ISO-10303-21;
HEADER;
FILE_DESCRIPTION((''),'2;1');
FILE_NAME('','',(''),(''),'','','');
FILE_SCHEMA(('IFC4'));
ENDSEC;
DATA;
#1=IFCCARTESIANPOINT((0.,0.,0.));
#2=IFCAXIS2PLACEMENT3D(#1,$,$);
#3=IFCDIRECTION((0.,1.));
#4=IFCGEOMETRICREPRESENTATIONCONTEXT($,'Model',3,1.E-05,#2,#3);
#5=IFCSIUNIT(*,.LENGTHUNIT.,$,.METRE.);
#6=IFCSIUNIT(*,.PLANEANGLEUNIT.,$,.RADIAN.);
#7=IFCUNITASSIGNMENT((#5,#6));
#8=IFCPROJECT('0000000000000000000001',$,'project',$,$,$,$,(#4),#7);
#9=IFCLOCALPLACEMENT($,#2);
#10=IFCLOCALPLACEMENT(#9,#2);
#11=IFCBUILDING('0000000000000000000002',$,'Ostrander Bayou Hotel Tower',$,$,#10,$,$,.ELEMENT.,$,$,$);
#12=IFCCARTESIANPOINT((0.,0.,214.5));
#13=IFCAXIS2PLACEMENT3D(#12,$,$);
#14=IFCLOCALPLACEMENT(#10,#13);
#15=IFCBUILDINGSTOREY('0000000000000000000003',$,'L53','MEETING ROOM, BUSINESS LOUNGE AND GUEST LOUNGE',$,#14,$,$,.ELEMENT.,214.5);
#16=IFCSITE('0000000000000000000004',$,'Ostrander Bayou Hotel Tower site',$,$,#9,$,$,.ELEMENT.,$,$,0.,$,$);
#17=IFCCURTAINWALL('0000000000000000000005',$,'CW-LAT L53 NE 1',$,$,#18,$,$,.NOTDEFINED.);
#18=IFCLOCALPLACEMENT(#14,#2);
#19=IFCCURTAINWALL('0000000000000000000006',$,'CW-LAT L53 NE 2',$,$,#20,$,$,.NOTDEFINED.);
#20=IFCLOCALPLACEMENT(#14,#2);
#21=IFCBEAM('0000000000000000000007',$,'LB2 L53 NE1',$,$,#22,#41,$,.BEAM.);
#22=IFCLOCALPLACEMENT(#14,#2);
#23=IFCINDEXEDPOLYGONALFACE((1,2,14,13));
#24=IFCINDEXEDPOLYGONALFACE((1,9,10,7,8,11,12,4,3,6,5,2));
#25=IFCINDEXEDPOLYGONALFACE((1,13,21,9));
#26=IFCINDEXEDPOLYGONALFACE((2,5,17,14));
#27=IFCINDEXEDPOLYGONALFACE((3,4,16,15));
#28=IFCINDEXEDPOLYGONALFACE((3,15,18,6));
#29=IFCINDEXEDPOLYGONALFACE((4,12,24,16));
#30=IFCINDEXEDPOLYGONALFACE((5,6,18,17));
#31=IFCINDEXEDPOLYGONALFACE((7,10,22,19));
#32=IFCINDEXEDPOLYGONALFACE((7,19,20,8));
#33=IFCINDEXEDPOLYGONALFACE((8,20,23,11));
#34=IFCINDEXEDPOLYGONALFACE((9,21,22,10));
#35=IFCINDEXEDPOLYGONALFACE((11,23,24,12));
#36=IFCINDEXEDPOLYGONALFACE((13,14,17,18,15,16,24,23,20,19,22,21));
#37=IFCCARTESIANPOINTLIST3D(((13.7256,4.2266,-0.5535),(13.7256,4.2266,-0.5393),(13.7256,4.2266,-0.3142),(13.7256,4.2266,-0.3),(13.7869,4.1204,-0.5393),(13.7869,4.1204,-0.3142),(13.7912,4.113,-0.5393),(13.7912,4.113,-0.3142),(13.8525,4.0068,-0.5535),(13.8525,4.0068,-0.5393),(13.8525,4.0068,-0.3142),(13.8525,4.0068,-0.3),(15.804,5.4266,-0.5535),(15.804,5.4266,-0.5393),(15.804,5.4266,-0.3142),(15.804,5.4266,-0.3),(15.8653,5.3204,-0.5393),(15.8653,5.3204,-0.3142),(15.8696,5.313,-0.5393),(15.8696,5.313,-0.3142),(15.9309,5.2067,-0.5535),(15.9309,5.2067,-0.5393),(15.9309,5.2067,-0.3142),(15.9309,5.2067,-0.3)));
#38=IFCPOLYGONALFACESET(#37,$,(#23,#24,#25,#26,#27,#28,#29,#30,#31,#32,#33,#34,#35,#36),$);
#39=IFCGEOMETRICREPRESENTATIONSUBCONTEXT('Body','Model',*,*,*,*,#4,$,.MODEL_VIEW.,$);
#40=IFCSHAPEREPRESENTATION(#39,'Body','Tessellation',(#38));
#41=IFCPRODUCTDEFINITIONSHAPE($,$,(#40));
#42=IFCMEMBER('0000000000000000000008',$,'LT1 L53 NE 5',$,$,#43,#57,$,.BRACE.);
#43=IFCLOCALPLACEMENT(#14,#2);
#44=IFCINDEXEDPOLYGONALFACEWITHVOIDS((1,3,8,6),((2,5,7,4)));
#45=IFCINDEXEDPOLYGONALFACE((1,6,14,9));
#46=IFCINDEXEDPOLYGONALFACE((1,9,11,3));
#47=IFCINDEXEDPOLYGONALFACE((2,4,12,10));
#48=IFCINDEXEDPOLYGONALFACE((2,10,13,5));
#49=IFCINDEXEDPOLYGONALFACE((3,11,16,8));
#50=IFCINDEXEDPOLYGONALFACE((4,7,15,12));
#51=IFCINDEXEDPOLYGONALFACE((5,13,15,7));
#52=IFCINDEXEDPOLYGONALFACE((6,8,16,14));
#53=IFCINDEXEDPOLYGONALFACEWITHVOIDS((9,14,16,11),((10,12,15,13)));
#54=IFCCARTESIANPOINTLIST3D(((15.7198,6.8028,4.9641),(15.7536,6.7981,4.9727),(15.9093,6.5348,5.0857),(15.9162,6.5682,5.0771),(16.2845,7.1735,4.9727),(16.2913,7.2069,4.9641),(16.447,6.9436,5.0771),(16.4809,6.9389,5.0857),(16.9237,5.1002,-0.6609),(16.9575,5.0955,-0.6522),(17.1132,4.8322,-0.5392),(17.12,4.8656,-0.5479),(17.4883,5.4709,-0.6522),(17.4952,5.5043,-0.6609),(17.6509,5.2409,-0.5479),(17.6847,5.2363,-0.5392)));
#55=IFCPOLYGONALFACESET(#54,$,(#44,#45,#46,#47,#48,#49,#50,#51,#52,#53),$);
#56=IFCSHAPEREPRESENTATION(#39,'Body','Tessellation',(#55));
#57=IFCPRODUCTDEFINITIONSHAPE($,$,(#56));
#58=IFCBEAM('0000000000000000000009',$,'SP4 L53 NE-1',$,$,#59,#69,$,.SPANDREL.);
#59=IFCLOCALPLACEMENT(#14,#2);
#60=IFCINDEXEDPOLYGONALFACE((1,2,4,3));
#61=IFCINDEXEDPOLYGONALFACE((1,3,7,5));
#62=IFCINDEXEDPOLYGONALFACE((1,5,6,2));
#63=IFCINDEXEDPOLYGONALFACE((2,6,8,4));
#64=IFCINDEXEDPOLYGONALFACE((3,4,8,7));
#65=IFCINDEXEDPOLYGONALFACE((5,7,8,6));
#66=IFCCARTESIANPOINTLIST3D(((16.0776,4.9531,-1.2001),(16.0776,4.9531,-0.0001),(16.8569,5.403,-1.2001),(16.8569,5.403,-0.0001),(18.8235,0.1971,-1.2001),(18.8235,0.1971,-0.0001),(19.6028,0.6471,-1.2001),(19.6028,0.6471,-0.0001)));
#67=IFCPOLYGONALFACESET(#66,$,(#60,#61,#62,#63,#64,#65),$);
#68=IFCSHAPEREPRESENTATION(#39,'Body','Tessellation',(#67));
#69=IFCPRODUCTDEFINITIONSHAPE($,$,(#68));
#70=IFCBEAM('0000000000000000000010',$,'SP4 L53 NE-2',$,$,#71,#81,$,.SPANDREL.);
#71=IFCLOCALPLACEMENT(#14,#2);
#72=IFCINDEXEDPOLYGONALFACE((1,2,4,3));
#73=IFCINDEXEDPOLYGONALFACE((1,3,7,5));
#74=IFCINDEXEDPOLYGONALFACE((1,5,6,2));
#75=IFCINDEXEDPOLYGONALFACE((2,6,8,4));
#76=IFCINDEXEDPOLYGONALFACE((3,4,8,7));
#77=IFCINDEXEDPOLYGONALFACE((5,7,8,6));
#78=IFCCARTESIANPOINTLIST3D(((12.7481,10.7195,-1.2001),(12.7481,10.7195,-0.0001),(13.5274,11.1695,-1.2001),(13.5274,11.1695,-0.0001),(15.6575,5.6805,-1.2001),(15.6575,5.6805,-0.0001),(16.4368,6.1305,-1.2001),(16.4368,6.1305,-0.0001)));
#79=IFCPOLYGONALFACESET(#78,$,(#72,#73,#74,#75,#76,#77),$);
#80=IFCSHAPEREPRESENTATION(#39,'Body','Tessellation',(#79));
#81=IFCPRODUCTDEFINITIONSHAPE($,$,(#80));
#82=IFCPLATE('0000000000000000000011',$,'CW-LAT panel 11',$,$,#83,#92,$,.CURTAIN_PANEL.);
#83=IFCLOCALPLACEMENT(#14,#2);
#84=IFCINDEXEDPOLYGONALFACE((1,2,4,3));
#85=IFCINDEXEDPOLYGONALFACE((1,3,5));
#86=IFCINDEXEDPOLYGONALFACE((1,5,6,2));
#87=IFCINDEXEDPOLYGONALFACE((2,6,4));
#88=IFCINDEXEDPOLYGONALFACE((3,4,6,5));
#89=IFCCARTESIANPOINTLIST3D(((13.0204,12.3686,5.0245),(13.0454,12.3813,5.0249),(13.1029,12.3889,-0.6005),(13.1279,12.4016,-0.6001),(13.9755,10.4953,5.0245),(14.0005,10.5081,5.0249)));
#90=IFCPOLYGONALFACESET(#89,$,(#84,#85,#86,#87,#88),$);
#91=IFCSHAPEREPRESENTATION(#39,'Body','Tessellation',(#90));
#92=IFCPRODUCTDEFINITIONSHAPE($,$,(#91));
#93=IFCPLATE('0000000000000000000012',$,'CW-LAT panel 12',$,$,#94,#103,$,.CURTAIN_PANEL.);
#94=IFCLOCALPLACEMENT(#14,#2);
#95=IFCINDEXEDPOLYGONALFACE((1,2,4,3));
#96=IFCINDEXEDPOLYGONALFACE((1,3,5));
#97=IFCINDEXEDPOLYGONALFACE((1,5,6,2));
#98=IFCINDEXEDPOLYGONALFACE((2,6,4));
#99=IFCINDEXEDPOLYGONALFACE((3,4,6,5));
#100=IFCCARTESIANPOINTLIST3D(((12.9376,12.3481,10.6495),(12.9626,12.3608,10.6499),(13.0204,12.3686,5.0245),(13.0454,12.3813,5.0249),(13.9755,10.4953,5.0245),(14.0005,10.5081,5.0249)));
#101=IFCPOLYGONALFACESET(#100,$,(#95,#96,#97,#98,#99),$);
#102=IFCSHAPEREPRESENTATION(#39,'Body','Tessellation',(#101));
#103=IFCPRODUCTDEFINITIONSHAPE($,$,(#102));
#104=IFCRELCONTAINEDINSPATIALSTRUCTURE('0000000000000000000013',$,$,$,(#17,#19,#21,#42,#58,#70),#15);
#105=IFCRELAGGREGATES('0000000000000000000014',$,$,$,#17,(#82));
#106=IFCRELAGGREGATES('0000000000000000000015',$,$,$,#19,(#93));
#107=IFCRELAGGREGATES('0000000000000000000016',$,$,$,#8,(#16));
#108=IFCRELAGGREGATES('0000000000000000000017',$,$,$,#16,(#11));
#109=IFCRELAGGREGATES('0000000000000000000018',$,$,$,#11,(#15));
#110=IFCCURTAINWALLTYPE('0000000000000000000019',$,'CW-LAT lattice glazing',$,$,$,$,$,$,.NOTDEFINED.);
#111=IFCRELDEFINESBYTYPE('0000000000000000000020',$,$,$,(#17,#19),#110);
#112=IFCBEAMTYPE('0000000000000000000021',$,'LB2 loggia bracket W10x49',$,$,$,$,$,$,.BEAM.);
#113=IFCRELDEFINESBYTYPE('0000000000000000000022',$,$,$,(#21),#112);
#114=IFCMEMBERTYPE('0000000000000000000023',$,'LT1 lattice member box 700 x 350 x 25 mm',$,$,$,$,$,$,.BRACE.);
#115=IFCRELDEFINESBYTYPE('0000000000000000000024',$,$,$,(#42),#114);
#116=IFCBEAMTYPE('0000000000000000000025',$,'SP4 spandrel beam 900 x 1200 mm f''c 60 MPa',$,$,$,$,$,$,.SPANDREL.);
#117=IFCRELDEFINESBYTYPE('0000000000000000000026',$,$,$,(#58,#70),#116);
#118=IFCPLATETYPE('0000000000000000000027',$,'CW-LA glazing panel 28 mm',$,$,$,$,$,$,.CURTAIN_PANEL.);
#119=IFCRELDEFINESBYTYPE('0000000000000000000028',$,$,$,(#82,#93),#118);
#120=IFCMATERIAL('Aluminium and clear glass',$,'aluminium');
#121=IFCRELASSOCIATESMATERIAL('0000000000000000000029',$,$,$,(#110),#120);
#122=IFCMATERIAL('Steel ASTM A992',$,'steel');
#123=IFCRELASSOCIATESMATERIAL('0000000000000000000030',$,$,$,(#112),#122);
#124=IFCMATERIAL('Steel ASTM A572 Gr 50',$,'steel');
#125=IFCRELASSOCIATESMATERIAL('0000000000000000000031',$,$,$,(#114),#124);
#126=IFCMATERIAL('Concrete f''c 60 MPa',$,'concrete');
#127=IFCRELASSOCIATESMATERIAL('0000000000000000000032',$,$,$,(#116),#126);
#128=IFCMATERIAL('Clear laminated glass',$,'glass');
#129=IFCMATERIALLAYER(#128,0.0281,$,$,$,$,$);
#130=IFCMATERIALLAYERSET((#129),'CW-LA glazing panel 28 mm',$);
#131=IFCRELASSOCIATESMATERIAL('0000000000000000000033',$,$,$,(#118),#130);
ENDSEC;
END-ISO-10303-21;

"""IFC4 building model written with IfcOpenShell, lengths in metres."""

from ifc_helpers import new_model, si_unit, direction, frame, origin, origin_2d, place, context, subcontext, project, spatial, polyline, rectangle, hollow_rectangle, i_section, outline, extrude, material, layer, layer_set, material_profile, profile_set, type_object, element, aggregate, save


model = new_model("IFC4")

# Units and contexts
model_context = context("Model", 3, precision=1e-05, world=origin(), true_north=direction((0.0, 1.0)))
body_context = subcontext(model_context, "Body", "Model", "MODEL_VIEW")
ifc_project = project(units=[si_unit("LENGTHUNIT", "METRE"), si_unit("PLANEANGLEUNIT", "RADIAN")], contexts=[model_context])

# Site, building, storey
site_placement = place(None, origin())
site = spatial("IfcSite", under=ifc_project, at=site_placement, Name="Ostrander Bayou Hotel Tower site", CompositionType="ELEMENT", RefElevation=0.0)
building_placement = place(site_placement, origin())
building = spatial("IfcBuilding", under=site, at=building_placement, Name="Ostrander Bayou Hotel Tower", CompositionType="ELEMENT")
storey_placement = place(building_placement, frame((0.0, 0.0, 214.5)))
storey = spatial("IfcBuildingStorey", under=building, at=storey_placement, Name="L53", Description="MEETING ROOM, BUSINESS LOUNGE AND GUEST LOUNGE", CompositionType="ELEMENT", Elevation=214.5)

# Curtain walls
ifc_material_1 = material(Name="Aluminium and clear glass", Category="aluminium")
curtain_wall_type = type_object("IfcCurtainWallType", Name="CW-LAT lattice glazing", PredefinedType="NOTDEFINED", material=ifc_material_1)
curtain_wall_1_placement = place(storey_placement, origin())
curtain_wall_1 = element("IfcCurtainWall", 1, at=curtain_wall_1_placement, inside=storey, type_object=curtain_wall_type, Name="CW-LAT L53 NE 1", PredefinedType="NOTDEFINED")
curtain_wall_2_placement = place(storey_placement, origin())
curtain_wall_2 = element("IfcCurtainWall", 2, at=curtain_wall_2_placement, inside=storey, type_object=curtain_wall_type, Name="CW-LAT L53 NE 2", PredefinedType="NOTDEFINED")

# Beam
ifc_material_2 = material(Name="Steel ASTM A992", Category="steel")
ifc_material_profile_1 = material_profile(ifc_material_2, i_section(OverallWidth=0.2539, OverallDepth=0.2534, WebThickness=0.0085, FlangeThickness=0.0142, at=origin_2d()))
ifc_profile_set_1 = profile_set([ifc_material_profile_1], Name="Steel ASTM A992")
beam_type_1 = type_object("IfcBeamType", Name="LB2 loggia bracket W10x49", PredefinedType="BEAM", material=ifc_profile_set_1)
beam_1_placement = place(storey_placement, frame((15.8674, 5.3167, -0.4268), z_axis=(-0.866025, -0.500001, 0.0), x_axis=(0.500001, -0.866025, 0.0)))
element("IfcBeam", 3, at=beam_1_placement, inside=storey, type_object=beam_type_1, Name="LB2 L53 NE1", PredefinedType="BEAM", context=body_context, shape_type="SweptSolid", body=[
    extrude(i_section(OverallWidth=0.2539, OverallDepth=0.2534, WebThickness=0.0085, FlangeThickness=0.0142, at=origin_2d()), origin(), (0.0, 0.0, 1.0), 2.3999),
])

# Member
ifc_material_3 = material(Name="Steel ASTM A572 Gr 50", Category="steel")
ifc_material_profile_2 = material_profile(ifc_material_3, hollow_rectangle(XDim=0.7, YDim=0.3501, WallThickness=0.0249, at=origin_2d()))
ifc_profile_set_2 = profile_set([ifc_material_profile_2], Name="Steel ASTM A572 Gr 50")
member_type_1 = type_object("IfcMemberType", Name="LT1 lattice member box 700 x 350 x 25 mm", PredefinedType="BRACE", material=ifc_profile_set_2)
member_1_placement = place(storey_placement, frame((16.1003, 6.8708, 5.0249), z_axis=(0.200674, -0.283817, -0.937645), x_axis=(0.816517, 0.577322, 0.0)))
element("IfcMember", 4, at=member_1_placement, inside=storey, type_object=member_type_1, Name="LT1 L53 NE 5", PredefinedType="BRACE", context=body_context, shape_type="SweptSolid", body=[
    extrude(hollow_rectangle(XDim=0.7, YDim=0.3501, WallThickness=0.0249, at=origin_2d()), origin(), (0.0, 0.0, 1.0), 5.999),
])

# Beams
ifc_material_4 = material(Name="Concrete f'c 60 MPa", Category="concrete")
ifc_material_profile_3 = material_profile(ifc_material_4, rectangle(XDim=0.8999, YDim=1.2, at=origin_2d()))
ifc_profile_set_3 = profile_set([ifc_material_profile_3], Name="Concrete f'c 60 MPa")
beam_type_2 = type_object("IfcBeamType", Name="SP4 spandrel beam 900 x 1200 mm f'c 60 MPa", PredefinedType="SPANDREL", material=ifc_profile_set_3)
beam_2_placement = place(storey_placement, frame((19.2131, 0.4221, -0.6001), z_axis=(-0.500007, 0.866021, 0.0), x_axis=(-0.866021, -0.500007, 0.0)))
element("IfcBeam", 5, at=beam_2_placement, inside=storey, type_object=beam_type_2, Name="SP4 L53 NE-1", PredefinedType="SPANDREL", context=body_context, shape_type="SweptSolid", body=[
    extrude(rectangle(XDim=0.8999, YDim=1.2, at=origin_2d()), origin(), (0.0, 0.0, 1.0), 5.4917),
])
beam_3_placement = place(storey_placement, frame((16.0471, 5.9055, -0.6001), z_axis=(-0.500015, 0.866016, 0.0), x_axis=(-0.866016, -0.500015, 0.0)))
element("IfcBeam", 6, at=beam_3_placement, inside=storey, type_object=beam_type_2, Name="SP4 L53 NE-2", PredefinedType="SPANDREL", context=body_context, shape_type="SweptSolid", body=[
    extrude(rectangle(XDim=0.8999, YDim=1.2, at=origin_2d()), origin(), (0.0, 0.0, 1.0), 5.8186),
])

# Plates
ifc_material_5 = material(Name="Clear laminated glass", Category="glass")
ifc_layer_1 = layer(ifc_material_5, 0.0281)
ifc_layer_set_1 = layer_set([ifc_layer_1], Name="CW-LA glazing panel 28 mm")
plate_type = type_object("IfcPlateType", Name="CW-LA glazing panel 28 mm", PredefinedType="CURTAIN_PANEL", material=ifc_layer_set_1)
plate_1_placement = place(storey_placement, frame((14.0005, 10.5081, 5.0249), z_axis=(0.890797, 0.454164, 0.014704), x_axis=(-0.145452, 0.315647, -0.937662)))
plate_1 = element("IfcPlate", 7, at=plate_1_placement, type_object=plate_type, Name="CW-LAT panel 11", PredefinedType="CURTAIN_PANEL", context=body_context, shape_type="SweptSolid", body=[
    extrude(outline(polyline([(0.0, 0.0), (5.999, 0.0), (0.7302, 1.9718), (0.0, 0.0)])), origin(), (0.0, 0.0, -1.0), 0.0281),
])
aggregate(curtain_wall_1, [plate_1])
plate_2_placement = place(storey_placement, frame((14.0005, 10.5081, 5.0249), z_axis=(0.890796, 0.454163, 0.014763), x_axis=(-0.172613, 0.308154, 0.935546)))
plate_2 = element("IfcPlate", 8, at=plate_2_placement, type_object=plate_type, Name="CW-LAT panel 12", PredefinedType="CURTAIN_PANEL", context=body_context, shape_type="SweptSolid", body=[
    extrude(outline(polyline([(0.0, 0.0), (6.0125, 0.0), (0.7421, -1.9674), (0.0, 0.0)])), origin(), (0.0, 0.0, -1.0), 0.0281),
])
aggregate(curtain_wall_2, [plate_2])

save(model, "model.ifc")
